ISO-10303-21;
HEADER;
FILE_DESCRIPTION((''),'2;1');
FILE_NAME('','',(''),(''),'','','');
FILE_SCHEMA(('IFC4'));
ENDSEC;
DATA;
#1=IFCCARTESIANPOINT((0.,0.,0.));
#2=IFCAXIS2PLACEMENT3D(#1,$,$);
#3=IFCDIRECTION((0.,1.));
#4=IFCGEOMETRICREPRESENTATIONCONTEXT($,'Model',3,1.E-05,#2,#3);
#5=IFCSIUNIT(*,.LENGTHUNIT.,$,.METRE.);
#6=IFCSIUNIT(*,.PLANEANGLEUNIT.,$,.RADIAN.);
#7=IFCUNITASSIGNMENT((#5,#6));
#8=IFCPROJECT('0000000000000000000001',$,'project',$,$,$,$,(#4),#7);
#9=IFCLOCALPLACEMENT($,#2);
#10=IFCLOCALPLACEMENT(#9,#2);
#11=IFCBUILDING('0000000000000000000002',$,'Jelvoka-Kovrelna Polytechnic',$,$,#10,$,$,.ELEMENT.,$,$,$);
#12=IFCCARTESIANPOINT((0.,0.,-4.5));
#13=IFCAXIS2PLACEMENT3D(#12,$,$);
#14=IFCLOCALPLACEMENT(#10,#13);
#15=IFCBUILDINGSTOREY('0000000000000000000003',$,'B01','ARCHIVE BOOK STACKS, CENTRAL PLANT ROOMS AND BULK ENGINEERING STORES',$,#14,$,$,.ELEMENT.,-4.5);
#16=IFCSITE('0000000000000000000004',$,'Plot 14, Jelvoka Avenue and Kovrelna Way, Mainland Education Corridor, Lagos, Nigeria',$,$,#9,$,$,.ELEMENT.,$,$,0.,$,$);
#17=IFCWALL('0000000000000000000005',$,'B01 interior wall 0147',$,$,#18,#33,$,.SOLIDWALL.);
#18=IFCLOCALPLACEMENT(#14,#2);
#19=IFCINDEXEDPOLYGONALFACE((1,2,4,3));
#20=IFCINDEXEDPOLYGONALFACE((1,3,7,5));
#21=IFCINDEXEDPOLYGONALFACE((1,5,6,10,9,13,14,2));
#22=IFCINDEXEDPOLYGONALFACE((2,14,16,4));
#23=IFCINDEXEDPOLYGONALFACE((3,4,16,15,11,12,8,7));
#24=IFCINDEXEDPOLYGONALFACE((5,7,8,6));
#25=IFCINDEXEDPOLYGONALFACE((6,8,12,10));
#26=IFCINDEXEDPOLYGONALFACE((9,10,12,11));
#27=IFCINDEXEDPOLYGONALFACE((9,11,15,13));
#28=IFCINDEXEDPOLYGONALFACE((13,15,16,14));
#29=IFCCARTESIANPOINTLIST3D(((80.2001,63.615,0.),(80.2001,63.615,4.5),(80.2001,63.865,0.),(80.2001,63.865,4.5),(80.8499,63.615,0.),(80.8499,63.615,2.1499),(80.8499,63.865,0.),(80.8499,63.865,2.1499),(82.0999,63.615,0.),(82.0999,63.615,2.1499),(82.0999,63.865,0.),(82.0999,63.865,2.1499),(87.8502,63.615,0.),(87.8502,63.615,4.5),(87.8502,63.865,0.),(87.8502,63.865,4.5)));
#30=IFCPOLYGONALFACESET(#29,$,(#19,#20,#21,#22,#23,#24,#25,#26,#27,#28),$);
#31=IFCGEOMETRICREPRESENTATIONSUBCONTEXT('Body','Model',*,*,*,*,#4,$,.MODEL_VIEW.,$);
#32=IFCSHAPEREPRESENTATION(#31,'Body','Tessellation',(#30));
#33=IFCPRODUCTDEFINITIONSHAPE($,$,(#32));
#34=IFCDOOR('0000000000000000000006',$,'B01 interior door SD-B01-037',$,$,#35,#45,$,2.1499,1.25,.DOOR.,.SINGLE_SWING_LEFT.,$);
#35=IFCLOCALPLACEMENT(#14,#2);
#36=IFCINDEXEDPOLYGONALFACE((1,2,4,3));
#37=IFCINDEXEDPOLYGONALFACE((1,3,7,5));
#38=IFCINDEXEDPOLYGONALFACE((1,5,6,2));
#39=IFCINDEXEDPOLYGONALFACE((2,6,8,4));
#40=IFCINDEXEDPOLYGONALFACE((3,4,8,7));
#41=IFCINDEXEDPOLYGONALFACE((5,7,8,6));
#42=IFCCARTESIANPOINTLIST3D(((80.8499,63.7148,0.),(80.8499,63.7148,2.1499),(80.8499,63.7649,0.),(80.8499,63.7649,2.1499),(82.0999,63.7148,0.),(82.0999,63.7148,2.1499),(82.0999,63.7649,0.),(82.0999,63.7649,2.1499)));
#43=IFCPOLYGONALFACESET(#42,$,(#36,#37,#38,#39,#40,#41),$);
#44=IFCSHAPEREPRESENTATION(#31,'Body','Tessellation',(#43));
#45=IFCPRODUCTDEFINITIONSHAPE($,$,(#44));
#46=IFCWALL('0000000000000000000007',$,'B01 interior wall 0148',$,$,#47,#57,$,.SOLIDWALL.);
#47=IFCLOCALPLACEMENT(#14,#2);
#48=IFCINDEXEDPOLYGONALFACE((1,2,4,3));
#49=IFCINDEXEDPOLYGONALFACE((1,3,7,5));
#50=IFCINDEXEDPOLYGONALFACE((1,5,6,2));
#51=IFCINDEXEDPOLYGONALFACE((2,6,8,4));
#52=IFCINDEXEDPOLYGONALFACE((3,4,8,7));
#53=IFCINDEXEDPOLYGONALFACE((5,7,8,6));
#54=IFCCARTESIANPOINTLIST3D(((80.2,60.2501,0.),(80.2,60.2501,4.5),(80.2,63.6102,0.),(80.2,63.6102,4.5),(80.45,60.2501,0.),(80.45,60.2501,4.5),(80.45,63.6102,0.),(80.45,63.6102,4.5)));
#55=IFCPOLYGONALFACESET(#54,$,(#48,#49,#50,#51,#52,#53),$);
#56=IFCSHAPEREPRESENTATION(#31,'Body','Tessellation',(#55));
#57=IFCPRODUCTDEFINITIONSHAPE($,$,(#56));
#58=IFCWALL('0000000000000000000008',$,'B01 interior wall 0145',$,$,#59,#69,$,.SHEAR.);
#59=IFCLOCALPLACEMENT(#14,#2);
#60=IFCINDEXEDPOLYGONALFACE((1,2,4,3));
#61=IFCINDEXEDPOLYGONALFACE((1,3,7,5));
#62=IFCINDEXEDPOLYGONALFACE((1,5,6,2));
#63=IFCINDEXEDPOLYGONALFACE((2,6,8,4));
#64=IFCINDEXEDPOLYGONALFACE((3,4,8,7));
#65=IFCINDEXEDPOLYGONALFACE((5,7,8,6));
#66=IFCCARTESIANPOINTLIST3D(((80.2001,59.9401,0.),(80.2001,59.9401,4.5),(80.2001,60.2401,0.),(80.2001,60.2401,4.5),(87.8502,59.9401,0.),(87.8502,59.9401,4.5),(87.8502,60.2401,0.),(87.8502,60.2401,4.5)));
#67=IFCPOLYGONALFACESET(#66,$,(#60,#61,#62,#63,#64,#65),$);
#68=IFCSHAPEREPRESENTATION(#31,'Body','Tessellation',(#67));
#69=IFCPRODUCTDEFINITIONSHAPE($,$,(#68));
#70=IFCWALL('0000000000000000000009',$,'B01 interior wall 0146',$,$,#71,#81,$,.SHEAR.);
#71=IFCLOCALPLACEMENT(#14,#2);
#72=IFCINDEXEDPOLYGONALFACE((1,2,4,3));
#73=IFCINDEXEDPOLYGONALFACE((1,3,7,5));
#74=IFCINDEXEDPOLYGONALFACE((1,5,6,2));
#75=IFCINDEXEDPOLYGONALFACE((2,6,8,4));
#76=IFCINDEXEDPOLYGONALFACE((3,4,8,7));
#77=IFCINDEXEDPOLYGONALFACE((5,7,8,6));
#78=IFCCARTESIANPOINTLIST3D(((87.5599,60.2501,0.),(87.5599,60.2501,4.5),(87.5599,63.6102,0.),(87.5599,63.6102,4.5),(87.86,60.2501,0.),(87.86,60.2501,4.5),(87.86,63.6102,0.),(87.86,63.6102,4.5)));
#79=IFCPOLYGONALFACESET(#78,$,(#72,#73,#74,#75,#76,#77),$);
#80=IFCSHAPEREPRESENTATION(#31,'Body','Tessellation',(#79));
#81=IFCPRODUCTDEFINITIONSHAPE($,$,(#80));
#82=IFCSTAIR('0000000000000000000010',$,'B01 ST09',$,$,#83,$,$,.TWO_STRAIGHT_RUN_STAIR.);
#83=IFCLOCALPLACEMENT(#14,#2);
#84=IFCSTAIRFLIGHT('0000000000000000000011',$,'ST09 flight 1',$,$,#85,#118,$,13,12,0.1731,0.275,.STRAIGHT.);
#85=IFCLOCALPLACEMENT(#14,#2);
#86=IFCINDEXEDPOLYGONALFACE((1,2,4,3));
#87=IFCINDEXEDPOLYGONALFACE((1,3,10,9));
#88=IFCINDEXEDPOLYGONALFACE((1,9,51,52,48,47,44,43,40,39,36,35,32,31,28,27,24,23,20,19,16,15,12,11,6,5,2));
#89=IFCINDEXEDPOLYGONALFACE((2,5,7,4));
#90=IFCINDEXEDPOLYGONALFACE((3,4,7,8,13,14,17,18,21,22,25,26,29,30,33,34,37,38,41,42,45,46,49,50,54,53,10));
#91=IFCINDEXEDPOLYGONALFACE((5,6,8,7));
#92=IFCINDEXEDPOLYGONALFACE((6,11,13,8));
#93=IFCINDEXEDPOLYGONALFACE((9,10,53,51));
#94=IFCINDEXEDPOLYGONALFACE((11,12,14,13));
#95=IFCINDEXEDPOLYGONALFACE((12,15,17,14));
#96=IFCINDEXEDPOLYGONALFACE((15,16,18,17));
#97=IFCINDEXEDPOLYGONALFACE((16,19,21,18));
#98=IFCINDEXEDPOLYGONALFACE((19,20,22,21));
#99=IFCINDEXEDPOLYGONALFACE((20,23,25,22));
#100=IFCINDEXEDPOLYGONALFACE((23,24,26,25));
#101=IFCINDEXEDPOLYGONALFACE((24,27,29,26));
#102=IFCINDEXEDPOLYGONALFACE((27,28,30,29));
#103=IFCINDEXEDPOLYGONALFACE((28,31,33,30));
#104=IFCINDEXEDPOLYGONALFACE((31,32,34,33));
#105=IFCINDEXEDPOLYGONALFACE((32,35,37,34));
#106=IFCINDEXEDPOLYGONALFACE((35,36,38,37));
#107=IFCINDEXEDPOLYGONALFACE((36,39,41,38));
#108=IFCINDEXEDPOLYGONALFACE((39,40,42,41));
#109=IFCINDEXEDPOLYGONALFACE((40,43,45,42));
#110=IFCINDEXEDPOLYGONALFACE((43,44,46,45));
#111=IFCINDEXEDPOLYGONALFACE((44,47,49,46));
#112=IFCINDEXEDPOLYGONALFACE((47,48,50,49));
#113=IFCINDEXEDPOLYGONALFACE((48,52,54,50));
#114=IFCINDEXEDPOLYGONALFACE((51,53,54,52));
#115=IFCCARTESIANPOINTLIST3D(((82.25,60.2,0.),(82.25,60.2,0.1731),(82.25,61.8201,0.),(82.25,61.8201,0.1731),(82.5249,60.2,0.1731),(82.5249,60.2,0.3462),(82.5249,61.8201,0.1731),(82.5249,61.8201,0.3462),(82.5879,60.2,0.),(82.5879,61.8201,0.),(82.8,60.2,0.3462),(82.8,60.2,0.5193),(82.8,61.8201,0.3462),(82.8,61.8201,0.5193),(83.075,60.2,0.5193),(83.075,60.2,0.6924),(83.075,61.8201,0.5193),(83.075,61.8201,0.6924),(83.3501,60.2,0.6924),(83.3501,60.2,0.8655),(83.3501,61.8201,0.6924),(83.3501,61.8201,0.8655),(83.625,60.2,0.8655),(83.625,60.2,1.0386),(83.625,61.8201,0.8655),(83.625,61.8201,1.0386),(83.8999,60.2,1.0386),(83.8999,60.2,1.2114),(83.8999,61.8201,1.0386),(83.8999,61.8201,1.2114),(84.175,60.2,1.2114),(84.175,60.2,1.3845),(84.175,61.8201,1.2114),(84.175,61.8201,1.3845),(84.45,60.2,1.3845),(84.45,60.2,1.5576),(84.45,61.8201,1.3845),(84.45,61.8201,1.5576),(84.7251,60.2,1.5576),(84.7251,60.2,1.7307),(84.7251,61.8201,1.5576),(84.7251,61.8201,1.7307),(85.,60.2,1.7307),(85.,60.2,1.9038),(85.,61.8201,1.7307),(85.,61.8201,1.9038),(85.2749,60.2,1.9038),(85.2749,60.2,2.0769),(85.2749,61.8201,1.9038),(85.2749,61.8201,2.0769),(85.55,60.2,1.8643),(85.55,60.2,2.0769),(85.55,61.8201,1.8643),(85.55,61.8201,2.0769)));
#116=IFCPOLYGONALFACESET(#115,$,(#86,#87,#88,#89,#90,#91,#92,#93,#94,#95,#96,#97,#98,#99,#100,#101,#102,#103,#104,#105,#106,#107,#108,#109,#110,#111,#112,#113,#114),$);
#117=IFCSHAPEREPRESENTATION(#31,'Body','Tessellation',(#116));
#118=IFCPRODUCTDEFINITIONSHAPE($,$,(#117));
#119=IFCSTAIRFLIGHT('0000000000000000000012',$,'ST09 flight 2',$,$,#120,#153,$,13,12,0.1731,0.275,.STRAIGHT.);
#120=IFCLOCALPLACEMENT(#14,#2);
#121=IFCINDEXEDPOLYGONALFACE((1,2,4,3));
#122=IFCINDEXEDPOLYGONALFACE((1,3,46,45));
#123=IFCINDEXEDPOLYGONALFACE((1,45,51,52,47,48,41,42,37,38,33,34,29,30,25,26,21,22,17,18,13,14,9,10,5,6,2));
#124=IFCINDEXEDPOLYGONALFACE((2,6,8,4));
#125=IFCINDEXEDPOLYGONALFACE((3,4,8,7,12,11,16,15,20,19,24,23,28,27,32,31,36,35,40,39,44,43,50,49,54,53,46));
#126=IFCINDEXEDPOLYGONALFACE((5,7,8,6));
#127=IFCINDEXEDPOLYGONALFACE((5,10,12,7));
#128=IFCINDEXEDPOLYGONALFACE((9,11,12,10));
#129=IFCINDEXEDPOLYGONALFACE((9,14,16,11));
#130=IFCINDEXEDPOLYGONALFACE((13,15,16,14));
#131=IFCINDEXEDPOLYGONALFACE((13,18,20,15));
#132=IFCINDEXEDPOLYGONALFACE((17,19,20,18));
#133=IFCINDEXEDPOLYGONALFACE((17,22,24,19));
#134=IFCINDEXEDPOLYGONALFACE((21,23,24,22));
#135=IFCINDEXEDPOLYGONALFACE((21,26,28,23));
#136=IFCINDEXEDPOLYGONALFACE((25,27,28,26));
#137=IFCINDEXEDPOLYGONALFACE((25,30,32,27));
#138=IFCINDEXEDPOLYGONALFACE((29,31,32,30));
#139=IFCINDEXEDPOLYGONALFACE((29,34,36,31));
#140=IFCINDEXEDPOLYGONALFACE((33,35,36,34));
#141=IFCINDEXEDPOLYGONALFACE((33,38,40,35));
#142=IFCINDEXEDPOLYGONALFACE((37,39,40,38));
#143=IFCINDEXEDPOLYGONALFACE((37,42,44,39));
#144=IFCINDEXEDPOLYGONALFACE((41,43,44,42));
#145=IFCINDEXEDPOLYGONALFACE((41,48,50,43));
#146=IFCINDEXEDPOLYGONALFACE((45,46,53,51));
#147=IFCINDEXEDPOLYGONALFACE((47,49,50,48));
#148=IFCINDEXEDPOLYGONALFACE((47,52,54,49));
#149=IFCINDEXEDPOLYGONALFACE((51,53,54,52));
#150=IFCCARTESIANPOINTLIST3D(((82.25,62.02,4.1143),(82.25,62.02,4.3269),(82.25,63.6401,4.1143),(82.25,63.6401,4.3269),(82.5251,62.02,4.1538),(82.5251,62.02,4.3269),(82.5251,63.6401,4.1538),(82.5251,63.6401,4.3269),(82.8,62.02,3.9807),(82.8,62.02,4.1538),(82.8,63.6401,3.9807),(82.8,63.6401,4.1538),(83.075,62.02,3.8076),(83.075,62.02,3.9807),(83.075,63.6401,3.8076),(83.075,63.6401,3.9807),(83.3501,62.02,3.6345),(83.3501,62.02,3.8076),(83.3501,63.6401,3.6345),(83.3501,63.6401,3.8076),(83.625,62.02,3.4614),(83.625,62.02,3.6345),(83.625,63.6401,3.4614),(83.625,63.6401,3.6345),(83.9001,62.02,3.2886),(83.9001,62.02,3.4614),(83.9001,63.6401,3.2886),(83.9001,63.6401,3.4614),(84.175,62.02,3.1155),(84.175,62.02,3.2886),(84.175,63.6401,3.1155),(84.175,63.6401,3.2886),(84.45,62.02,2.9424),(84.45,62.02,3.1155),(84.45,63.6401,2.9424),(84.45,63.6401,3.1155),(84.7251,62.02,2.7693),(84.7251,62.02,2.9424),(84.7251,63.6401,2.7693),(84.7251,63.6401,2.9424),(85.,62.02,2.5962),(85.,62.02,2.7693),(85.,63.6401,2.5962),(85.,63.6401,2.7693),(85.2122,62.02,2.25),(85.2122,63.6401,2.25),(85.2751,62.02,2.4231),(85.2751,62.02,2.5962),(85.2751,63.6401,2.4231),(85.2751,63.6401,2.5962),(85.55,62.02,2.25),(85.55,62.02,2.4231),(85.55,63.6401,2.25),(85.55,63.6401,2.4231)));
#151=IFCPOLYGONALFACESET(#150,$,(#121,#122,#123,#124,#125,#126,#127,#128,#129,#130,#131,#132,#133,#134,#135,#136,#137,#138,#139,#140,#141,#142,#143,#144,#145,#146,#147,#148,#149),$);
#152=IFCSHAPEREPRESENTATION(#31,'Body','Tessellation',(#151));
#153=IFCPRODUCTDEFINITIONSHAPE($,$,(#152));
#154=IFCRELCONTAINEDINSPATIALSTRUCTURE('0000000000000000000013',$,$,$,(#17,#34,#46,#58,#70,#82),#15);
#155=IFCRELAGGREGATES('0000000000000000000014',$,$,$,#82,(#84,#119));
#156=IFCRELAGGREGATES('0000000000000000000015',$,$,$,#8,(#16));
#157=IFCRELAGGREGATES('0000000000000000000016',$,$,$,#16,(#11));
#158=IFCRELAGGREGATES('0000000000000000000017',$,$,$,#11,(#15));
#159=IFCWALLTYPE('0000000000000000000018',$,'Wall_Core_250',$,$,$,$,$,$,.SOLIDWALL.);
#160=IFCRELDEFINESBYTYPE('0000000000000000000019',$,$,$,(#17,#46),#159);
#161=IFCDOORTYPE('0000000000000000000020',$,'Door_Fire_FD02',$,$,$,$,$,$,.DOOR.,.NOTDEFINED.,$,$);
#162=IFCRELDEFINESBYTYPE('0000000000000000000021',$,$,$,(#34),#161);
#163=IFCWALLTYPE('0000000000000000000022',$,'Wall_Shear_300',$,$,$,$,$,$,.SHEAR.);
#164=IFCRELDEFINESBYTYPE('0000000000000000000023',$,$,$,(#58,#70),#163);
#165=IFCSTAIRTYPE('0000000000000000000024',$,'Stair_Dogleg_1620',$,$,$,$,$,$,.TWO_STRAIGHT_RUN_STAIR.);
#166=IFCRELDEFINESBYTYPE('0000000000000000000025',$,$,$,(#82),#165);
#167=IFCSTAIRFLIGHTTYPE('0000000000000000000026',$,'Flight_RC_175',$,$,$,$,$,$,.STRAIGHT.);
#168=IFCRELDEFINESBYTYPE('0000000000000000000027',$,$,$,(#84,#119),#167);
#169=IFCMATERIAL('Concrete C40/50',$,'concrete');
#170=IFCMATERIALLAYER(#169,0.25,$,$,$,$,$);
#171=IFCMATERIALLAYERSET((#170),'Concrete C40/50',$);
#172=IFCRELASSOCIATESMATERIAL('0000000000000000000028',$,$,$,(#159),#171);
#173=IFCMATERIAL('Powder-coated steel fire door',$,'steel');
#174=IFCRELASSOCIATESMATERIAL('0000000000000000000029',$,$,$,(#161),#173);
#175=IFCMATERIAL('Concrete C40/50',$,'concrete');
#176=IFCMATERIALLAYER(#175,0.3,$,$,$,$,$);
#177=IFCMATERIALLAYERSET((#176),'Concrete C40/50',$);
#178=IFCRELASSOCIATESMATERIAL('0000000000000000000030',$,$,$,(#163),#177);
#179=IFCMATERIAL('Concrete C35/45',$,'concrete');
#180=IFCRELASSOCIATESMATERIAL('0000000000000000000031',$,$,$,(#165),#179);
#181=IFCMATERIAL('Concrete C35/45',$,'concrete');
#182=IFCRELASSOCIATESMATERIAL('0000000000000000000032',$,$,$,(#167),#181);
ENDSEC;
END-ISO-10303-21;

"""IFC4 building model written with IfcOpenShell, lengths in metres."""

from ifc_helpers import new_model, si_unit, direction, frame, frame_2d, origin, place, context, subcontext, project, spatial, polyline, rectangle, outline, extrude, material, layer, layer_set, type_object, element, fill, aggregate, save


model = new_model("IFC4")

# Units and contexts
model_context = context("Model", 3, precision=1e-05, world=origin(), true_north=direction((0.0, 1.0)))
body_context = subcontext(model_context, "Body", "Model", "MODEL_VIEW")
ifc_project = project(units=[si_unit("LENGTHUNIT", "METRE"), si_unit("PLANEANGLEUNIT", "RADIAN")], contexts=[model_context])

# Site, building, storey
site_placement = place(None, origin())
site = spatial("IfcSite", under=ifc_project, at=site_placement, Name="Plot 14, Jelvoka Avenue and Kovrelna Way, Mainland Education Corridor, Lagos, Nigeria", CompositionType="ELEMENT", RefElevation=0.0)
building_placement = place(site_placement, origin())
building = spatial("IfcBuilding", under=site, at=building_placement, Name="Jelvoka-Kovrelna Polytechnic", CompositionType="ELEMENT")
storey_placement = place(building_placement, frame((0.0, 0.0, -4.5)))
storey = spatial("IfcBuildingStorey", under=building, at=storey_placement, Name="B01", Description="ARCHIVE BOOK STACKS, CENTRAL PLANT ROOMS AND BULK ENGINEERING STORES", CompositionType="ELEMENT", Elevation=-4.5)

# Wall, opening, door
ifc_material_1 = material(Name="Concrete C40/50", Category="concrete")
ifc_layer_1 = layer(ifc_material_1, 0.25)
ifc_layer_set_1 = layer_set([ifc_layer_1], Name="Concrete C40/50")
wall_type_1 = type_object("IfcWallType", Name="Wall_Core_250", PredefinedType="SOLIDWALL", material=ifc_layer_set_1)
wall_1_placement = place(storey_placement, frame((80.2, 63.74, 0.0), z_axis=(0.0, 0.0, 1.0), x_axis=(1.0, 0.0, 0.0)))
wall_1 = element("IfcWall", 1, at=wall_1_placement, inside=storey, type_object=wall_type_1, Name="B01 interior wall 0147", PredefinedType="SOLIDWALL", context=body_context, shape_type="SweptSolid", body=[
    extrude(rectangle(XDim=7.6501, YDim=0.25, at=frame_2d((3.8252, 0.0))), origin(), (0.0, 0.0, 1.0), 4.5),
])
opening_placement = place(wall_1_placement, frame((0.6499, 0.0, 0.0)))
opening = element("IfcOpeningElement", 2, at=opening_placement, cuts=wall_1, PredefinedType="OPENING", context=body_context, shape_type="SweptSolid", body=[
    extrude(rectangle(XDim=1.25, YDim=2.1499, at=frame_2d((0.625, 1.075))), frame((0.0, 0.135, 0.0), z_axis=(0.0, -1.0, 0.0), x_axis=(1.0, 0.0, 0.0)), (0.0, 0.0, 1.0), 0.27),
])
ifc_material_2 = material(Name="Powder-coated steel fire door", Category="steel")
door_type = type_object("IfcDoorType", Name="Door_Fire_FD02", OperationType="NOTDEFINED", PredefinedType="DOOR", material=ifc_material_2)
door_placement = place(opening_placement, origin())
door = element("IfcDoor", 3, at=door_placement, inside=storey, type_object=door_type, Name="B01 interior door SD-B01-037", OperationType="SINGLE_SWING_LEFT", OverallHeight=2.1499, OverallWidth=1.25, PredefinedType="DOOR", context=body_context, shape_type="SweptSolid", body=[
    extrude(rectangle(XDim=1.25, YDim=2.1499, at=frame_2d((0.625, 1.075))), frame((0.0, 0.0249, 0.0), z_axis=(0.0, -1.0, 0.0), x_axis=(1.0, 0.0, 0.0)), (0.0, 0.0, 1.0), 0.05),
])
fill(opening, door)

# Walls
wall_2_placement = place(storey_placement, frame((80.325, 60.25, 0.0), z_axis=(0.0, 0.0, 1.0), x_axis=(0.0, 1.0, 0.0)))
element("IfcWall", 4, at=wall_2_placement, inside=storey, type_object=wall_type_1, Name="B01 interior wall 0148", PredefinedType="SOLIDWALL", context=body_context, shape_type="SweptSolid", body=[
    extrude(rectangle(XDim=3.3601, YDim=0.25, at=frame_2d((1.6802, 0.0))), origin(), (0.0, 0.0, 1.0), 4.5),
])
ifc_material_3 = material(Name="Concrete C40/50", Category="concrete")
ifc_layer_2 = layer(ifc_material_3, 0.3)
ifc_layer_set_2 = layer_set([ifc_layer_2], Name="Concrete C40/50")
wall_type_2 = type_object("IfcWallType", Name="Wall_Shear_300", PredefinedType="SHEAR", material=ifc_layer_set_2)
wall_3_placement = place(storey_placement, frame((80.2, 60.0901, 0.0), z_axis=(0.0, 0.0, 1.0), x_axis=(1.0, 0.0, 0.0)))
element("IfcWall", 5, at=wall_3_placement, inside=storey, type_object=wall_type_2, Name="B01 interior wall 0145", PredefinedType="SHEAR", context=body_context, shape_type="SweptSolid", body=[
    extrude(rectangle(XDim=7.6501, YDim=0.3, at=frame_2d((3.8252, 0.0))), origin(), (0.0, 0.0, 1.0), 4.5),
])
wall_4_placement = place(storey_placement, frame((87.71, 60.25, 0.0), z_axis=(0.0, 0.0, 1.0), x_axis=(0.0, 1.0, 0.0)))
element("IfcWall", 6, at=wall_4_placement, inside=storey, type_object=wall_type_2, Name="B01 interior wall 0146", PredefinedType="SHEAR", context=body_context, shape_type="SweptSolid", body=[
    extrude(rectangle(XDim=3.3601, YDim=0.3, at=frame_2d((1.6802, 0.0))), origin(), (0.0, 0.0, 1.0), 4.5),
])

# Stair, stair flights
ifc_material_4 = material(Name="Concrete C35/45", Category="concrete")
stair_type = type_object("IfcStairType", Name="Stair_Dogleg_1620", PredefinedType="TWO_STRAIGHT_RUN_STAIR", material=ifc_material_4)
stair_placement = place(storey_placement, origin())
stair = element("IfcStair", 7, at=stair_placement, inside=storey, type_object=stair_type, Name="B01 ST09", PredefinedType="TWO_STRAIGHT_RUN_STAIR")
ifc_material_5 = material(Name="Concrete C35/45", Category="concrete")
stair_flight_type = type_object("IfcStairFlightType", Name="Flight_RC_175", PredefinedType="STRAIGHT", material=ifc_material_5)
stair_flight_1_placement = place(storey_placement, frame((82.25, 61.01, 0.0), z_axis=(0.0, 0.0, 1.0), x_axis=(1.0, 0.0, 0.0)))
stair_flight_1 = element("IfcStairFlight", 8, at=stair_flight_1_placement, type_object=stair_flight_type, Name="ST09 flight 1", NumberOfRisers=13, NumberOfTreads=12, PredefinedType="STRAIGHT", RiserHeight=0.1731, TreadLength=0.275, context=body_context, shape_type="SweptSolid", body=[
    extrude(outline(polyline([(0.0, 0.0), (0.0, 0.1731), (0.2749, 0.1731), (0.2749, 0.3462), (0.55, 0.3462), (0.55, 0.5193), (0.825, 0.5193), (0.825, 0.6924), (1.1001, 0.6924), (1.1001, 0.8655), (1.375, 0.8655), (1.375, 1.0386), (1.6499, 1.0386), (1.6499, 1.2114), (1.925, 1.2114), (1.925, 1.3845), (2.2, 1.3845), (2.2, 1.5576), (2.4751, 1.5576), (2.4751, 1.7307), (2.75, 1.7307), (2.75, 1.9038), (3.0249, 1.9038), (3.0249, 2.0769), (3.3, 2.0769), (3.3, 2.25), (3.3, 1.8643), (0.3379, 0.0), (0.0, 0.0)])), frame((0.0, 0.8101, 0.0), z_axis=(0.0, -1.0, 0.0), x_axis=(1.0, 0.0, 0.0)), (0.0, 0.0, 1.0), 1.6201),
])
stair_flight_2_placement = place(storey_placement, frame((85.55, 62.8301, 2.25), z_axis=(0.0, 0.0, 1.0), x_axis=(-1.0, 0.0, 0.0)))
stair_flight_2 = element("IfcStairFlight", 9, at=stair_flight_2_placement, type_object=stair_flight_type, Name="ST09 flight 2", NumberOfRisers=13, NumberOfTreads=12, PredefinedType="STRAIGHT", RiserHeight=0.1731, TreadLength=0.275, context=body_context, shape_type="SweptSolid", body=[
    extrude(outline(polyline([(0.0, 0.0), (0.0, 0.1731), (0.2749, 0.1731), (0.2749, 0.3462), (0.55, 0.3462), (0.55, 0.5193), (0.825, 0.5193), (0.825, 0.6924), (1.1001, 0.6924), (1.1001, 0.8655), (1.375, 0.8655), (1.375, 1.0386), (1.6499, 1.0386), (1.6499, 1.2114), (1.925, 1.2114), (1.925, 1.3845), (2.2, 1.3845), (2.2, 1.5576), (2.4751, 1.5576), (2.4751, 1.7307), (2.75, 1.7307), (2.75, 1.9038), (3.0249, 1.9038), (3.0249, 2.0769), (3.3, 2.0769), (3.3, 2.25), (3.3, 1.8643), (0.3379, 0.0), (0.0, 0.0)])), frame((0.0, 0.8101, 0.0), z_axis=(0.0, -1.0, 0.0), x_axis=(1.0, 0.0, 0.0)), (0.0, 0.0, 1.0), 1.6201),
])
aggregate(stair, [stair_flight_1, stair_flight_2])

save(model, "model.ifc")
